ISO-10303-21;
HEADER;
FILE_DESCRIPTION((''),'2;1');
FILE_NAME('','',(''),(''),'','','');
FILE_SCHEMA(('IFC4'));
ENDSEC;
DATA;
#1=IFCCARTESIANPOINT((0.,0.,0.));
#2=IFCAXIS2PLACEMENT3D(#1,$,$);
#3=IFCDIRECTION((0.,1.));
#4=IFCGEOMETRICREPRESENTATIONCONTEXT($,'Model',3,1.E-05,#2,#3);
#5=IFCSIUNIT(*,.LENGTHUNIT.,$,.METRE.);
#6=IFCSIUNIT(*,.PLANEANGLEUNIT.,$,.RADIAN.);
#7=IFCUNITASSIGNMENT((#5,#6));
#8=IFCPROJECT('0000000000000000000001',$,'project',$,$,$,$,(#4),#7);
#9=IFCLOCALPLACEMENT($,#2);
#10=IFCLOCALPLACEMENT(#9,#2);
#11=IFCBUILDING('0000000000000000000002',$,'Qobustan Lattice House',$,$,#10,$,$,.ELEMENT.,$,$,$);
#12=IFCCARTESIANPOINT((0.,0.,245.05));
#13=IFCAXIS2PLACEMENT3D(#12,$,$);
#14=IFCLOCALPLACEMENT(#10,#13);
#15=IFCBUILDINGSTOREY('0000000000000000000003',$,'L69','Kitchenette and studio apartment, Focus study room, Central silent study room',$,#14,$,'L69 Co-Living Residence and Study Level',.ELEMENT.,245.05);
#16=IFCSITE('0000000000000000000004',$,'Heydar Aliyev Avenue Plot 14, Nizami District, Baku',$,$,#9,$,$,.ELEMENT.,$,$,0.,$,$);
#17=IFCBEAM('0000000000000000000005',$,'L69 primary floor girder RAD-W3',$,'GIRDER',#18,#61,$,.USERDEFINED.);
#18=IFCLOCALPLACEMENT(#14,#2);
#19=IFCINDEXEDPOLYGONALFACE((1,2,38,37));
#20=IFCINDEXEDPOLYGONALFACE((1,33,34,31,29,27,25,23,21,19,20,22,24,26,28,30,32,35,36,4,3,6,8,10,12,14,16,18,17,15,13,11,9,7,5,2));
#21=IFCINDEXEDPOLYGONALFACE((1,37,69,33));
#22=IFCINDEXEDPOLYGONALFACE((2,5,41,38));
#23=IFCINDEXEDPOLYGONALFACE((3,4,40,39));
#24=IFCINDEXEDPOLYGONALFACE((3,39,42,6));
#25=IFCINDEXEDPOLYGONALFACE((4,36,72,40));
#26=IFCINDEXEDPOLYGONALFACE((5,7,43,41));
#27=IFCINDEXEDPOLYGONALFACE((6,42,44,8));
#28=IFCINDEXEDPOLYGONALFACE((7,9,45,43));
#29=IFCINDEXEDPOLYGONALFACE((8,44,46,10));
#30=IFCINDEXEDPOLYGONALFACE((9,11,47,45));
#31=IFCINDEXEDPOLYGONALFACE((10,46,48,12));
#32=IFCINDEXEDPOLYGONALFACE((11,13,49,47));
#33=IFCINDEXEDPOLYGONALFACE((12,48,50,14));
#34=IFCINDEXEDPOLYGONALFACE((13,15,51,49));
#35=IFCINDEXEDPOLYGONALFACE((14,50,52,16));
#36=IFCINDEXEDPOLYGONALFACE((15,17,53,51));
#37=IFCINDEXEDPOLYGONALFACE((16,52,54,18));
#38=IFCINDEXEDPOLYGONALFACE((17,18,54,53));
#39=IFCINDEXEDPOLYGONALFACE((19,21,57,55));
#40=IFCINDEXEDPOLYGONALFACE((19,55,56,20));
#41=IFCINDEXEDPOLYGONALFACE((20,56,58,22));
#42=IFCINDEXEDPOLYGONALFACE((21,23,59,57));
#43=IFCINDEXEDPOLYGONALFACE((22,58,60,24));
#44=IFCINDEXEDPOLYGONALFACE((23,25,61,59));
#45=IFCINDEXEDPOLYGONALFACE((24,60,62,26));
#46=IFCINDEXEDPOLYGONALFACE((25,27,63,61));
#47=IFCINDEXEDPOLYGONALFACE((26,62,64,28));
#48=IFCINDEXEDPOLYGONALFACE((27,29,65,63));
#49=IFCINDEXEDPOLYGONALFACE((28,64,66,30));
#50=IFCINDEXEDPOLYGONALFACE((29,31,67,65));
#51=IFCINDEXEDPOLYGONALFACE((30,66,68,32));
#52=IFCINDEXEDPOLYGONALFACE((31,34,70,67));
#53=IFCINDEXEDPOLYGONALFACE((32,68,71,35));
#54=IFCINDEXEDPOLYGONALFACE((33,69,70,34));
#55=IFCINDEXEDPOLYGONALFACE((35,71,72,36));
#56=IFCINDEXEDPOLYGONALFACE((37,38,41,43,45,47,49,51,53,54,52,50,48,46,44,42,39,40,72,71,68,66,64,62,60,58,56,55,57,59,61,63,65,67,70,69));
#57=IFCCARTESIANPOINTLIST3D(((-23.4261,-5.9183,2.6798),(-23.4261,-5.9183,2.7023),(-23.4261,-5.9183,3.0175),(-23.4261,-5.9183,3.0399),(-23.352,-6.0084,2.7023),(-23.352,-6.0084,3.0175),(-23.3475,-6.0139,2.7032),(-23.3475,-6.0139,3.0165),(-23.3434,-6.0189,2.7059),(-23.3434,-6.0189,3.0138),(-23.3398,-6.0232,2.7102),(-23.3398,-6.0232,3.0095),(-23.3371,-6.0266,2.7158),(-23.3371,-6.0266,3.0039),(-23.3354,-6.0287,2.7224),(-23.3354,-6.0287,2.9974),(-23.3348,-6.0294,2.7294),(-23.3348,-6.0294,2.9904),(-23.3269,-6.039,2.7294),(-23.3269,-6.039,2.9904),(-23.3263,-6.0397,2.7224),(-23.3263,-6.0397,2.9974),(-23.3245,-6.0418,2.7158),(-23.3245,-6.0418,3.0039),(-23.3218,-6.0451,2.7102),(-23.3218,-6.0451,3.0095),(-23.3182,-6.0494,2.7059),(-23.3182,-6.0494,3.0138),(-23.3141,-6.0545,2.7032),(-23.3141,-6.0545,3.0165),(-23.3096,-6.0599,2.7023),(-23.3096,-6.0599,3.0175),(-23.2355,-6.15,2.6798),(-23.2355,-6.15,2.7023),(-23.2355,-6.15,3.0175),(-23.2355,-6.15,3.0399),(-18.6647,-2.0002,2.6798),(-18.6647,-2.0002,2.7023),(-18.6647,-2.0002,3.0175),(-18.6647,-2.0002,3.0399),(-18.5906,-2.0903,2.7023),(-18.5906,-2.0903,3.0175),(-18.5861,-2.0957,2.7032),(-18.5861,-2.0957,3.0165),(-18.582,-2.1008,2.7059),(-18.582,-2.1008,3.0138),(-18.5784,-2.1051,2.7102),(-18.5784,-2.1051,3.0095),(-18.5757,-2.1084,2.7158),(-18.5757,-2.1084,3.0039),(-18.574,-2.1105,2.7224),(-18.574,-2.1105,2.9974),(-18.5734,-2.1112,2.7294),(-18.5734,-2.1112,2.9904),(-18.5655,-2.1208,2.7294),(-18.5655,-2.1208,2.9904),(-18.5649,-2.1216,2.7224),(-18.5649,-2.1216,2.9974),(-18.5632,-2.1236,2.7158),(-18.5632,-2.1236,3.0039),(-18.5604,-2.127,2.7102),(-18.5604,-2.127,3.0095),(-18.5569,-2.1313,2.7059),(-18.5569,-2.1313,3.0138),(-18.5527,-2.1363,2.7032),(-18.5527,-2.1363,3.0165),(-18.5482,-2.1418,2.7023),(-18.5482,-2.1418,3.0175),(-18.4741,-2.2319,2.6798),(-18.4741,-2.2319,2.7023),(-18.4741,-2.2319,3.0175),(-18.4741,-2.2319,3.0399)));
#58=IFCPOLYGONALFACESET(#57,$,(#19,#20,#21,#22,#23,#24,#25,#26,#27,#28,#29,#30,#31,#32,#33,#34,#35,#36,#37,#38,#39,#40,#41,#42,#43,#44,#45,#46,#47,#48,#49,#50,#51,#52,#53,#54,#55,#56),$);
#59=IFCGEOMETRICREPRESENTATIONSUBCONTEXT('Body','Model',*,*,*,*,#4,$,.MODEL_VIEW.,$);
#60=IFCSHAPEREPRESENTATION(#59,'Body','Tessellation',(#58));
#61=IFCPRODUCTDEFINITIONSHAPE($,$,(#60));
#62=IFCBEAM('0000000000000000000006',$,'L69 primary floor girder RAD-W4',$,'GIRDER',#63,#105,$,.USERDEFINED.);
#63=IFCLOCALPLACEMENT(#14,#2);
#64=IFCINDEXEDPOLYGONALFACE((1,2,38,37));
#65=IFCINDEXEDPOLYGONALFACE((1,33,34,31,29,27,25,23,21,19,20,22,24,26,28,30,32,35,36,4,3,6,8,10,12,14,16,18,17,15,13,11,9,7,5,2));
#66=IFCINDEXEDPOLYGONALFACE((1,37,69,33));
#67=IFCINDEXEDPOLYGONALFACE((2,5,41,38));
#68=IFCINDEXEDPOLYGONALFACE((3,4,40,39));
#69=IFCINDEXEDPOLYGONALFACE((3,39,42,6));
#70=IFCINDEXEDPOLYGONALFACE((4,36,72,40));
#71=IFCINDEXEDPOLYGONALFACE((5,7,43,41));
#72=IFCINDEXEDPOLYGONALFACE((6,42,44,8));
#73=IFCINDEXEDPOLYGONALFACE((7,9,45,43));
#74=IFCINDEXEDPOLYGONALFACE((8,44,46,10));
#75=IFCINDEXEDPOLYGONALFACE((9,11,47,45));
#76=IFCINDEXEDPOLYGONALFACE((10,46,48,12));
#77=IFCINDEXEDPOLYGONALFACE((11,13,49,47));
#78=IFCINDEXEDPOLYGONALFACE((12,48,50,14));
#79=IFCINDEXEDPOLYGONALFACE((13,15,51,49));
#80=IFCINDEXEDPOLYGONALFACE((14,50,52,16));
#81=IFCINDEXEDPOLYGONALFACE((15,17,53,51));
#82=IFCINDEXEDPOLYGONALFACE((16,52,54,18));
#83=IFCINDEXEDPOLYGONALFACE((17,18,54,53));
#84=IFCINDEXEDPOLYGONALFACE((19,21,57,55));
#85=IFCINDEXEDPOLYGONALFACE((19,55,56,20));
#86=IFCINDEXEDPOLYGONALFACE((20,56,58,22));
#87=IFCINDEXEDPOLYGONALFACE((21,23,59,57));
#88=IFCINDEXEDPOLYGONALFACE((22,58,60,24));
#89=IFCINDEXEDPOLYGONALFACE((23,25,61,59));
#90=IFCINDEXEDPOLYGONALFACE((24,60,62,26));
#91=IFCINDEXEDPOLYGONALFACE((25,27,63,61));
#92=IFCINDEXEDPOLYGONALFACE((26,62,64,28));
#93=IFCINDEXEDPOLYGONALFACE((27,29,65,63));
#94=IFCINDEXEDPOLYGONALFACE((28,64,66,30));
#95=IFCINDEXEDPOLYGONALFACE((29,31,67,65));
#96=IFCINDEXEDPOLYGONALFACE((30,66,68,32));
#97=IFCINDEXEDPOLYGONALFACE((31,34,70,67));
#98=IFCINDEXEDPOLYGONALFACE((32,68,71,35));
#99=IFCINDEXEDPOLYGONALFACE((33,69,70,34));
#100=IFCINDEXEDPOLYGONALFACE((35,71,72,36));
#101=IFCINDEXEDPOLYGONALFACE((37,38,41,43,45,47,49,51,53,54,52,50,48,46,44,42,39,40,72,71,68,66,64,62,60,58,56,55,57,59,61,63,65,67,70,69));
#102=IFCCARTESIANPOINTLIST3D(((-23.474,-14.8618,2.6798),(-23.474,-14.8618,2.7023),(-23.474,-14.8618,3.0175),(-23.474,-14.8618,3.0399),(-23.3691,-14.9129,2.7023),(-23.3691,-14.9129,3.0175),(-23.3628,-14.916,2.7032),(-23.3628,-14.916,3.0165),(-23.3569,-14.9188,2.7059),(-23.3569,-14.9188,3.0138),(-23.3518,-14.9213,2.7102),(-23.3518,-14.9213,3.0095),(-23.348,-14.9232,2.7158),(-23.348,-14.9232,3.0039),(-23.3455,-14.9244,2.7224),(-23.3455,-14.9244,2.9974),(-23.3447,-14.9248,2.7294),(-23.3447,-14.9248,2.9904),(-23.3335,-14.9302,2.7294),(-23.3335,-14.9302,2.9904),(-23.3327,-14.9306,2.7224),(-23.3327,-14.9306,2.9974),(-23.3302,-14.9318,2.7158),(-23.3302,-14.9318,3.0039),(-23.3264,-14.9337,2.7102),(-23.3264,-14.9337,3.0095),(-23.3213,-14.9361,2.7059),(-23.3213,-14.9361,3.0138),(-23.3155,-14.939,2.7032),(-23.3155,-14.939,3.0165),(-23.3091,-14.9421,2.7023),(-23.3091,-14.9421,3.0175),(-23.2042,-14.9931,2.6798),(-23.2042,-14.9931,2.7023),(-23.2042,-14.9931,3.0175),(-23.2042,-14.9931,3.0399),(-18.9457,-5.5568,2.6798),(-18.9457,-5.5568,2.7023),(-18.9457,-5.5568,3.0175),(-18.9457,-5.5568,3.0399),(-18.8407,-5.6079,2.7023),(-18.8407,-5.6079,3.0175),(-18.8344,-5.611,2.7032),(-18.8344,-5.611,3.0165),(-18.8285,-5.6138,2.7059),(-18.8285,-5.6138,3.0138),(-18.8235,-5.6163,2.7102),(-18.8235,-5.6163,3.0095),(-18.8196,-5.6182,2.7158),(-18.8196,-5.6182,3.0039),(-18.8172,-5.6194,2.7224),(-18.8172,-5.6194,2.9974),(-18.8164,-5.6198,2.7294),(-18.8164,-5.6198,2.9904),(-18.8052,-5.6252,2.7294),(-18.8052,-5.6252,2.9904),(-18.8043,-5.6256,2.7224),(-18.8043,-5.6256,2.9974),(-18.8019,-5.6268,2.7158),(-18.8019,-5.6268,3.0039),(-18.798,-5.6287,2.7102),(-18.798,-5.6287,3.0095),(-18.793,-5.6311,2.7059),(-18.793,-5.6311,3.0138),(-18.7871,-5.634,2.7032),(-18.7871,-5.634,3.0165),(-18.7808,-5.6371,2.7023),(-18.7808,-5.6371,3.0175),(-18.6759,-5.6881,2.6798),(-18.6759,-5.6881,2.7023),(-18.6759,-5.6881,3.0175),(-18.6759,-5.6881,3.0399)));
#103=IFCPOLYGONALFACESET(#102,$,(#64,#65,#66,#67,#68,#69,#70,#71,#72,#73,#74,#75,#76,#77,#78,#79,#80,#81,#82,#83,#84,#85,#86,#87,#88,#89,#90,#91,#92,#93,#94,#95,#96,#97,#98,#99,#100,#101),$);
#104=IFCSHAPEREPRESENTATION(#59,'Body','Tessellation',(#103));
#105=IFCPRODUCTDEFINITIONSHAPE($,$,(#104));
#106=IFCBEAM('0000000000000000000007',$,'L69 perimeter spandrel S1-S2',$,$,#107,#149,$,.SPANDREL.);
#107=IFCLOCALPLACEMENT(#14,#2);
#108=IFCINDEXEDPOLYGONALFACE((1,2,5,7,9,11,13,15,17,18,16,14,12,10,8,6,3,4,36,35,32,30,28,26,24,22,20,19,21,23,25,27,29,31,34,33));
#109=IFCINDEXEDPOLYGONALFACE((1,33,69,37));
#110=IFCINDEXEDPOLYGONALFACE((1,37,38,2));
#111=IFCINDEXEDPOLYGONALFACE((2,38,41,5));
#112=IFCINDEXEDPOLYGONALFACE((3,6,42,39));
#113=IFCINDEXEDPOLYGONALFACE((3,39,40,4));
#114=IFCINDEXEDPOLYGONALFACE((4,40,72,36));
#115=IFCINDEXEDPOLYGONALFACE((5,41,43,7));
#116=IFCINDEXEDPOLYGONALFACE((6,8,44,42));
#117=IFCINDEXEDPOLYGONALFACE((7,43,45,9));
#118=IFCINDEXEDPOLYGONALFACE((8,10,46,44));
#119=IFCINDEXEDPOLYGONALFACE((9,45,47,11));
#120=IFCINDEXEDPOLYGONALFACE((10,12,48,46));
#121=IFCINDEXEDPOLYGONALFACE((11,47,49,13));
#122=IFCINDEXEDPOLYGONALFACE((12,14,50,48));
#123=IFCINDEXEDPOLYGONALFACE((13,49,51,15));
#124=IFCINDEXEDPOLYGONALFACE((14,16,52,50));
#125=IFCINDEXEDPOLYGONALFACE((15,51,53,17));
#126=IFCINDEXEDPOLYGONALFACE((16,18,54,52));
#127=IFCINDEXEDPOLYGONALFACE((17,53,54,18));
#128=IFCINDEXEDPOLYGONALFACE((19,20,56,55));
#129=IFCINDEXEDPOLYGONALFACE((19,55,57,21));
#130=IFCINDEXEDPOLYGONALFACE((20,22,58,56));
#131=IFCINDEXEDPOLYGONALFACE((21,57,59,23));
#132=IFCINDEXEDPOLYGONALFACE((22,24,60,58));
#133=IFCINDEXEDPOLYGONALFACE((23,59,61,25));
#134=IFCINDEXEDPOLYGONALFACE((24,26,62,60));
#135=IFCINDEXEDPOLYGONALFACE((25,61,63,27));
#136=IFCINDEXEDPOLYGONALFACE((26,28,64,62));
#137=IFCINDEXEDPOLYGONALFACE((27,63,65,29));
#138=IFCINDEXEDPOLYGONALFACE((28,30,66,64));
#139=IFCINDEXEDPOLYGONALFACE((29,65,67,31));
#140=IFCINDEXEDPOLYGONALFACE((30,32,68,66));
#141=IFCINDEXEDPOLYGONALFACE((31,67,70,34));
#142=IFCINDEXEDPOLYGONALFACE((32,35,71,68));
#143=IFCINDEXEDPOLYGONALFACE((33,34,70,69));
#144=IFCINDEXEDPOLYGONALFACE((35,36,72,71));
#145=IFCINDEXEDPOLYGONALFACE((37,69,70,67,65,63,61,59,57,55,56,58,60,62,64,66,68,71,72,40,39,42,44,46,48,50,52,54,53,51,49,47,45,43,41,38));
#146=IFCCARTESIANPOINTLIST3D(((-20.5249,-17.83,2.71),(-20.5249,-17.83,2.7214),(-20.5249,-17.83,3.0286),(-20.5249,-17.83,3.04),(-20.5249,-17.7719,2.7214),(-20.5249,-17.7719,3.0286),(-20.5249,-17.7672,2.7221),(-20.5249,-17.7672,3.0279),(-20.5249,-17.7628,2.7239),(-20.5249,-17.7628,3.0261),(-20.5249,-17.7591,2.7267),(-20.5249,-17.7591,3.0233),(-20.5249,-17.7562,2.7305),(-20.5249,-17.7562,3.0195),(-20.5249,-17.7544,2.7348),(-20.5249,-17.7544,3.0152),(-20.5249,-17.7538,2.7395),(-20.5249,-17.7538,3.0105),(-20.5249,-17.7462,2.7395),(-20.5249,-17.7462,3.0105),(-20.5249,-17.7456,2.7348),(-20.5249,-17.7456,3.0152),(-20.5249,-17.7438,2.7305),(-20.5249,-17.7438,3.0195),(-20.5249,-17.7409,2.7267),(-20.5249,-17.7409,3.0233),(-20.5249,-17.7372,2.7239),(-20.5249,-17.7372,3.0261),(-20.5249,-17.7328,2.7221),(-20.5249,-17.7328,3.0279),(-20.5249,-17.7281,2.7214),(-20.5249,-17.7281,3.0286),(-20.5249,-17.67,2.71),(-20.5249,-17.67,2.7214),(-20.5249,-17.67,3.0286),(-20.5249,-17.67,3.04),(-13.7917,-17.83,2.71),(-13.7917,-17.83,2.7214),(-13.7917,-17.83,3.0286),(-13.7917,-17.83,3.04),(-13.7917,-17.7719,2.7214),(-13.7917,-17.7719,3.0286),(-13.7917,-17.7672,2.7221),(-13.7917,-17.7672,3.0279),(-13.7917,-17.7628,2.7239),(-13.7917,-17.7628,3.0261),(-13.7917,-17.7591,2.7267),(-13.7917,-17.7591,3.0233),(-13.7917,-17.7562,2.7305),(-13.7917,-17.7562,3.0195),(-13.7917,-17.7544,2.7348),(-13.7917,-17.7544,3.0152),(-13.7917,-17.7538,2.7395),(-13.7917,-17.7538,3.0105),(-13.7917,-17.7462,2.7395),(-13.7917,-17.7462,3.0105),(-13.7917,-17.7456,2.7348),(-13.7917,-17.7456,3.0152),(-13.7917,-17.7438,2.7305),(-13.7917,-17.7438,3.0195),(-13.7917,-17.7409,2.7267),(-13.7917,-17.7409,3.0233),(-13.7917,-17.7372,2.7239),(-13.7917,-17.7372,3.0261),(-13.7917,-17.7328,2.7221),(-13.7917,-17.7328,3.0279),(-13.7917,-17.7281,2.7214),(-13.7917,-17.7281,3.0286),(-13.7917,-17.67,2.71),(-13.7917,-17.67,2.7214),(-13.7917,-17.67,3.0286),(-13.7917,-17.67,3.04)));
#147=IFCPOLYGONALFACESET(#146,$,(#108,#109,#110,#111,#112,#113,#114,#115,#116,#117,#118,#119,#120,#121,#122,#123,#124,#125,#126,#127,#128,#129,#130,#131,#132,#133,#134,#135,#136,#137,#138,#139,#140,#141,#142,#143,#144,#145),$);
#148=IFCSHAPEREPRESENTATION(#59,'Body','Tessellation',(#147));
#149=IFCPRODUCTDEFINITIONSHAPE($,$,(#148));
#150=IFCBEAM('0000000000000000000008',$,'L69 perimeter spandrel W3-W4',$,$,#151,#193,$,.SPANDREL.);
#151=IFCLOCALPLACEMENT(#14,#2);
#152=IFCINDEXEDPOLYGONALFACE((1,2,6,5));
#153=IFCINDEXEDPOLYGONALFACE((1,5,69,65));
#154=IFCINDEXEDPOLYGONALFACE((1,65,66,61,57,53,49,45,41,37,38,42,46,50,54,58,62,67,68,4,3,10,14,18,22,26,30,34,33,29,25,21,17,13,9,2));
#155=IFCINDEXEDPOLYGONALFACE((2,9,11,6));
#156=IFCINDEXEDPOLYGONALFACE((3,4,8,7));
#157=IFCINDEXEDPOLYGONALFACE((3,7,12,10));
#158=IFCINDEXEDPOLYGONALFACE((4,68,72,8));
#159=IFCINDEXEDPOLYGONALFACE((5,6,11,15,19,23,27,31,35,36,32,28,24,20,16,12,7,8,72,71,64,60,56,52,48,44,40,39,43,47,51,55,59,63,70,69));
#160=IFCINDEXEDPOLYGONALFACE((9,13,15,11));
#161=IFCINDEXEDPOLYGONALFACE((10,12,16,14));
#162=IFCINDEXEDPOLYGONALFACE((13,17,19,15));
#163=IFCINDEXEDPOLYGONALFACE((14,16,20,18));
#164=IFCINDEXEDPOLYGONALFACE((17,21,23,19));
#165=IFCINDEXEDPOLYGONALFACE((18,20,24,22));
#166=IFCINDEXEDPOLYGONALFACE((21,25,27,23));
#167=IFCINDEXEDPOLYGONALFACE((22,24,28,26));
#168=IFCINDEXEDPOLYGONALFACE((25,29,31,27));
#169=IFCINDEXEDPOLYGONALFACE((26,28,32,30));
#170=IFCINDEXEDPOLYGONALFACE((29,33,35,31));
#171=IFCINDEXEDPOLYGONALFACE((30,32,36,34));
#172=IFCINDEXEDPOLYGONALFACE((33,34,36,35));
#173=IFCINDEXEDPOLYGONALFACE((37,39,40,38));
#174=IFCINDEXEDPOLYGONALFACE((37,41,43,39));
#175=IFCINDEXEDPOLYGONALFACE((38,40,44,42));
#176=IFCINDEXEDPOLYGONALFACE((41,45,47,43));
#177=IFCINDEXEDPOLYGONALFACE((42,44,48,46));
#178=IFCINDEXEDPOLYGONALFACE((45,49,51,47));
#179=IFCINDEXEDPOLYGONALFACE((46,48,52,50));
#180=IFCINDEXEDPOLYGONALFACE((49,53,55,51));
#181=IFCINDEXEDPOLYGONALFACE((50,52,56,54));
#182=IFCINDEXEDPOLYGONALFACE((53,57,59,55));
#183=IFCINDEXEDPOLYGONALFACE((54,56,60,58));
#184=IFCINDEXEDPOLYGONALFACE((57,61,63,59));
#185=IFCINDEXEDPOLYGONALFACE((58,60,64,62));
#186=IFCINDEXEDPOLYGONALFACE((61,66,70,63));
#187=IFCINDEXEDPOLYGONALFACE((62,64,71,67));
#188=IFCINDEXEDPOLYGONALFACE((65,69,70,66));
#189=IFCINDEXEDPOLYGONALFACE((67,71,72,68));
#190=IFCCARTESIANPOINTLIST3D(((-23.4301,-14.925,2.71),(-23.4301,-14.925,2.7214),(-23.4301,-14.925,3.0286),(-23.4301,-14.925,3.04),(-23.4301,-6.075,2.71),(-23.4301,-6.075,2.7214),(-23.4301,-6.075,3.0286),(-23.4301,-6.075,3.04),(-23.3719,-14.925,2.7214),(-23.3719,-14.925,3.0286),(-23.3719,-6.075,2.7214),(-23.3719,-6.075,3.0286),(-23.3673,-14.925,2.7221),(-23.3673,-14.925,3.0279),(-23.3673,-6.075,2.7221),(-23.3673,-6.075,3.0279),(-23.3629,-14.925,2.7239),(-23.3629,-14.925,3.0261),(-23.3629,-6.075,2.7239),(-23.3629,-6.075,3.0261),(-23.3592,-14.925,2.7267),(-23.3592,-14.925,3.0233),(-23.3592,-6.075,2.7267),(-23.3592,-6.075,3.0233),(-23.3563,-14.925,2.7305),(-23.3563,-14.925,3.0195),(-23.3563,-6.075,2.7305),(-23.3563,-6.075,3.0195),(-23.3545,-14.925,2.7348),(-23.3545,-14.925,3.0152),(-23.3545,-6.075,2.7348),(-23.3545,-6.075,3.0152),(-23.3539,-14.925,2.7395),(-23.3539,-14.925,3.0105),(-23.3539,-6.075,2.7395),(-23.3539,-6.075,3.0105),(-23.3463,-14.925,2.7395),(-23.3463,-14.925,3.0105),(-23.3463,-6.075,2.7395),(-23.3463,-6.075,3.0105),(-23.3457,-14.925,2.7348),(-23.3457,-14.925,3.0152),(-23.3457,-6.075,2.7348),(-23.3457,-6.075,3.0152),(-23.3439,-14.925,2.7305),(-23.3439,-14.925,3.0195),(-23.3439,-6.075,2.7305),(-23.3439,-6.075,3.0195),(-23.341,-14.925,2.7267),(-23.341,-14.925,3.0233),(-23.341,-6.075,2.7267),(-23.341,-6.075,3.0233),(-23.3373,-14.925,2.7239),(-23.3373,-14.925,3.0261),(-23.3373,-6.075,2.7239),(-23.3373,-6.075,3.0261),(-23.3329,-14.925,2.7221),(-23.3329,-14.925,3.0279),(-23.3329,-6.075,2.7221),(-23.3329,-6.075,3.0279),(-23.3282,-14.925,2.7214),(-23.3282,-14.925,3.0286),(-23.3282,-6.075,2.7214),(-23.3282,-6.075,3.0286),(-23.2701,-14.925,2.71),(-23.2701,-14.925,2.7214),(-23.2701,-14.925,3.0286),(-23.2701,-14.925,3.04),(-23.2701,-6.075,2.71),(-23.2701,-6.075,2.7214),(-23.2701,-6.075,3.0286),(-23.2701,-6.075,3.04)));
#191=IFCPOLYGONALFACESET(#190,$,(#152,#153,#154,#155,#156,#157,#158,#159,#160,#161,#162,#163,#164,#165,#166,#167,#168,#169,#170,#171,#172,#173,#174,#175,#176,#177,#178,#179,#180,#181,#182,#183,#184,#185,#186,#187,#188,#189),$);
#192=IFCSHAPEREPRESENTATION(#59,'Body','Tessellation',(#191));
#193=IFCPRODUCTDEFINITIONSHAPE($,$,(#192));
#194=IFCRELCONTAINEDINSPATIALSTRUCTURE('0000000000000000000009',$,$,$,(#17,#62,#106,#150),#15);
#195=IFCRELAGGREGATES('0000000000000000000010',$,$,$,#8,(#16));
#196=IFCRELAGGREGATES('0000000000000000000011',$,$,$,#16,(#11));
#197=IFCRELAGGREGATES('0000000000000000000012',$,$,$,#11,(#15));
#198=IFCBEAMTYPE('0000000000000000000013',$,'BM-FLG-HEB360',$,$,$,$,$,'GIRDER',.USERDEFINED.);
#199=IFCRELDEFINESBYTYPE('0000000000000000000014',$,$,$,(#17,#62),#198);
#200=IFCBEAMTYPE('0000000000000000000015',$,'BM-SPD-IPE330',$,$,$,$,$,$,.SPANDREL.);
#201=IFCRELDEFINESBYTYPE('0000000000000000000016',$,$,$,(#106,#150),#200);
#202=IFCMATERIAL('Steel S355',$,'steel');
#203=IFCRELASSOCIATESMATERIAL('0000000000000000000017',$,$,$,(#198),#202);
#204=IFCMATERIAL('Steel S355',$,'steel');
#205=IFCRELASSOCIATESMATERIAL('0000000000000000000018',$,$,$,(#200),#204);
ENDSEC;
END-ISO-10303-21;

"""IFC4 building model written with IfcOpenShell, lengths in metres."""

from ifc_helpers import new_model, si_unit, direction, frame, origin, origin_2d, place, context, subcontext, project, spatial, i_section, extrude, material, material_profile, profile_set, type_object, element, save


model = new_model("IFC4")

# Units and contexts
model_context = context("Model", 3, precision=1e-05, world=origin(), true_north=direction((0.0, 1.0)))
body_context = subcontext(model_context, "Body", "Model", "MODEL_VIEW")
ifc_project = project(units=[si_unit("LENGTHUNIT", "METRE"), si_unit("PLANEANGLEUNIT", "RADIAN")], contexts=[model_context])

# Site, building, storey
site_placement = place(None, origin())
site = spatial("IfcSite", under=ifc_project, at=site_placement, Name="Heydar Aliyev Avenue Plot 14, Nizami District, Baku", CompositionType="ELEMENT", RefElevation=0.0)
building_placement = place(site_placement, origin())
building = spatial("IfcBuilding", under=site, at=building_placement, Name="Qobustan Lattice House", CompositionType="ELEMENT")
storey_placement = place(building_placement, frame((0.0, 0.0, 245.05)))
storey = spatial("IfcBuildingStorey", under=building, at=storey_placement, Name="L69", Description="Kitchenette and studio apartment, Focus study room, Central silent study room", LongName="L69 Co-Living Residence and Study Level", CompositionType="ELEMENT", Elevation=245.05)

# Beams
ifc_material_1 = material(Name="Steel S355", Category="steel")
ifc_material_profile_1 = material_profile(ifc_material_1, i_section(OverallWidth=0.3, OverallDepth=0.3601, WebThickness=0.0125, FlangeThickness=0.0225, FilletRadius=0.0271, at=origin_2d()), Name="HEB360")
ifc_profile_set_1 = profile_set([ifc_material_profile_1], Name="Steel S355")
beam_type_1 = type_object("IfcBeamType", Name="BM-FLG-HEB360", ElementType="GIRDER", PredefinedType="USERDEFINED", material=ifc_profile_set_1)
beam_1_placement = place(storey_placement, frame((-23.3308, -6.0342, 2.8599), z_axis=(0.772169, 0.635417, 0.0), x_axis=(-0.635417, 0.772169, 0.0)))
element("IfcBeam", 1, at=beam_1_placement, inside=storey, type_object=beam_type_1, Name="L69 primary floor girder RAD-W3", ObjectType="GIRDER", PredefinedType="USERDEFINED", context=body_context, shape_type="SweptSolid", body=[
    extrude(i_section(OverallWidth=0.3, OverallDepth=0.3601, WebThickness=0.0125, FlangeThickness=0.0225, FilletRadius=0.0271, at=origin_2d()), origin(), (0.0, 0.0, 1.0), 6.1663),
])
beam_2_placement = place(storey_placement, frame((-23.3391, -14.9275, 2.8599), z_axis=(0.43759, 0.899174, 0.0), x_axis=(-0.899174, 0.43759, 0.0)))
element("IfcBeam", 2, at=beam_2_placement, inside=storey, type_object=beam_type_1, Name="L69 primary floor girder RAD-W4", ObjectType="GIRDER", PredefinedType="USERDEFINED", context=body_context, shape_type="SweptSolid", body=[
    extrude(i_section(OverallWidth=0.3, OverallDepth=0.3601, WebThickness=0.0125, FlangeThickness=0.0225, FilletRadius=0.0271, at=origin_2d()), origin(), (0.0, 0.0, 1.0), 10.3484),
])
ifc_material_2 = material(Name="Steel S355", Category="steel")
ifc_material_profile_2 = material_profile(ifc_material_2, i_section(OverallWidth=0.1599, OverallDepth=0.3301, WebThickness=0.0076, FlangeThickness=0.0115, FilletRadius=0.0181, at=origin_2d()), Name="IPE330")
ifc_profile_set_2 = profile_set([ifc_material_profile_2], Name="Steel S355")
beam_type_2 = type_object("IfcBeamType", Name="BM-SPD-IPE330", PredefinedType="SPANDREL", material=ifc_profile_set_2)
beam_3_placement = place(storey_placement, frame((-20.5249, -17.75, 2.875), z_axis=(1.0, 0.0, 0.0), x_axis=(0.0, 1.0, 0.0)))
element("IfcBeam", 3, at=beam_3_placement, inside=storey, type_object=beam_type_2, Name="L69 perimeter spandrel S1-S2", PredefinedType="SPANDREL", context=body_context, shape_type="SweptSolid", body=[
    extrude(i_section(OverallWidth=0.1599, OverallDepth=0.3301, WebThickness=0.0076, FlangeThickness=0.0115, FilletRadius=0.0181, at=origin_2d()), origin(), (0.0, 0.0, 1.0), 6.7332),
])
beam_4_placement = place(storey_placement, frame((-23.3501, -6.075, 2.875), z_axis=(0.0, -1.0, 0.0), x_axis=(1.0, 0.0, 0.0)))
element("IfcBeam", 4, at=beam_4_placement, inside=storey, type_object=beam_type_2, Name="L69 perimeter spandrel W3-W4", PredefinedType="SPANDREL", context=body_context, shape_type="SweptSolid", body=[
    extrude(i_section(OverallWidth=0.1599, OverallDepth=0.3301, WebThickness=0.0076, FlangeThickness=0.0115, FilletRadius=0.0181, at=origin_2d()), origin(), (0.0, 0.0, 1.0), 8.8501),
])

save(model, "model.ifc")
